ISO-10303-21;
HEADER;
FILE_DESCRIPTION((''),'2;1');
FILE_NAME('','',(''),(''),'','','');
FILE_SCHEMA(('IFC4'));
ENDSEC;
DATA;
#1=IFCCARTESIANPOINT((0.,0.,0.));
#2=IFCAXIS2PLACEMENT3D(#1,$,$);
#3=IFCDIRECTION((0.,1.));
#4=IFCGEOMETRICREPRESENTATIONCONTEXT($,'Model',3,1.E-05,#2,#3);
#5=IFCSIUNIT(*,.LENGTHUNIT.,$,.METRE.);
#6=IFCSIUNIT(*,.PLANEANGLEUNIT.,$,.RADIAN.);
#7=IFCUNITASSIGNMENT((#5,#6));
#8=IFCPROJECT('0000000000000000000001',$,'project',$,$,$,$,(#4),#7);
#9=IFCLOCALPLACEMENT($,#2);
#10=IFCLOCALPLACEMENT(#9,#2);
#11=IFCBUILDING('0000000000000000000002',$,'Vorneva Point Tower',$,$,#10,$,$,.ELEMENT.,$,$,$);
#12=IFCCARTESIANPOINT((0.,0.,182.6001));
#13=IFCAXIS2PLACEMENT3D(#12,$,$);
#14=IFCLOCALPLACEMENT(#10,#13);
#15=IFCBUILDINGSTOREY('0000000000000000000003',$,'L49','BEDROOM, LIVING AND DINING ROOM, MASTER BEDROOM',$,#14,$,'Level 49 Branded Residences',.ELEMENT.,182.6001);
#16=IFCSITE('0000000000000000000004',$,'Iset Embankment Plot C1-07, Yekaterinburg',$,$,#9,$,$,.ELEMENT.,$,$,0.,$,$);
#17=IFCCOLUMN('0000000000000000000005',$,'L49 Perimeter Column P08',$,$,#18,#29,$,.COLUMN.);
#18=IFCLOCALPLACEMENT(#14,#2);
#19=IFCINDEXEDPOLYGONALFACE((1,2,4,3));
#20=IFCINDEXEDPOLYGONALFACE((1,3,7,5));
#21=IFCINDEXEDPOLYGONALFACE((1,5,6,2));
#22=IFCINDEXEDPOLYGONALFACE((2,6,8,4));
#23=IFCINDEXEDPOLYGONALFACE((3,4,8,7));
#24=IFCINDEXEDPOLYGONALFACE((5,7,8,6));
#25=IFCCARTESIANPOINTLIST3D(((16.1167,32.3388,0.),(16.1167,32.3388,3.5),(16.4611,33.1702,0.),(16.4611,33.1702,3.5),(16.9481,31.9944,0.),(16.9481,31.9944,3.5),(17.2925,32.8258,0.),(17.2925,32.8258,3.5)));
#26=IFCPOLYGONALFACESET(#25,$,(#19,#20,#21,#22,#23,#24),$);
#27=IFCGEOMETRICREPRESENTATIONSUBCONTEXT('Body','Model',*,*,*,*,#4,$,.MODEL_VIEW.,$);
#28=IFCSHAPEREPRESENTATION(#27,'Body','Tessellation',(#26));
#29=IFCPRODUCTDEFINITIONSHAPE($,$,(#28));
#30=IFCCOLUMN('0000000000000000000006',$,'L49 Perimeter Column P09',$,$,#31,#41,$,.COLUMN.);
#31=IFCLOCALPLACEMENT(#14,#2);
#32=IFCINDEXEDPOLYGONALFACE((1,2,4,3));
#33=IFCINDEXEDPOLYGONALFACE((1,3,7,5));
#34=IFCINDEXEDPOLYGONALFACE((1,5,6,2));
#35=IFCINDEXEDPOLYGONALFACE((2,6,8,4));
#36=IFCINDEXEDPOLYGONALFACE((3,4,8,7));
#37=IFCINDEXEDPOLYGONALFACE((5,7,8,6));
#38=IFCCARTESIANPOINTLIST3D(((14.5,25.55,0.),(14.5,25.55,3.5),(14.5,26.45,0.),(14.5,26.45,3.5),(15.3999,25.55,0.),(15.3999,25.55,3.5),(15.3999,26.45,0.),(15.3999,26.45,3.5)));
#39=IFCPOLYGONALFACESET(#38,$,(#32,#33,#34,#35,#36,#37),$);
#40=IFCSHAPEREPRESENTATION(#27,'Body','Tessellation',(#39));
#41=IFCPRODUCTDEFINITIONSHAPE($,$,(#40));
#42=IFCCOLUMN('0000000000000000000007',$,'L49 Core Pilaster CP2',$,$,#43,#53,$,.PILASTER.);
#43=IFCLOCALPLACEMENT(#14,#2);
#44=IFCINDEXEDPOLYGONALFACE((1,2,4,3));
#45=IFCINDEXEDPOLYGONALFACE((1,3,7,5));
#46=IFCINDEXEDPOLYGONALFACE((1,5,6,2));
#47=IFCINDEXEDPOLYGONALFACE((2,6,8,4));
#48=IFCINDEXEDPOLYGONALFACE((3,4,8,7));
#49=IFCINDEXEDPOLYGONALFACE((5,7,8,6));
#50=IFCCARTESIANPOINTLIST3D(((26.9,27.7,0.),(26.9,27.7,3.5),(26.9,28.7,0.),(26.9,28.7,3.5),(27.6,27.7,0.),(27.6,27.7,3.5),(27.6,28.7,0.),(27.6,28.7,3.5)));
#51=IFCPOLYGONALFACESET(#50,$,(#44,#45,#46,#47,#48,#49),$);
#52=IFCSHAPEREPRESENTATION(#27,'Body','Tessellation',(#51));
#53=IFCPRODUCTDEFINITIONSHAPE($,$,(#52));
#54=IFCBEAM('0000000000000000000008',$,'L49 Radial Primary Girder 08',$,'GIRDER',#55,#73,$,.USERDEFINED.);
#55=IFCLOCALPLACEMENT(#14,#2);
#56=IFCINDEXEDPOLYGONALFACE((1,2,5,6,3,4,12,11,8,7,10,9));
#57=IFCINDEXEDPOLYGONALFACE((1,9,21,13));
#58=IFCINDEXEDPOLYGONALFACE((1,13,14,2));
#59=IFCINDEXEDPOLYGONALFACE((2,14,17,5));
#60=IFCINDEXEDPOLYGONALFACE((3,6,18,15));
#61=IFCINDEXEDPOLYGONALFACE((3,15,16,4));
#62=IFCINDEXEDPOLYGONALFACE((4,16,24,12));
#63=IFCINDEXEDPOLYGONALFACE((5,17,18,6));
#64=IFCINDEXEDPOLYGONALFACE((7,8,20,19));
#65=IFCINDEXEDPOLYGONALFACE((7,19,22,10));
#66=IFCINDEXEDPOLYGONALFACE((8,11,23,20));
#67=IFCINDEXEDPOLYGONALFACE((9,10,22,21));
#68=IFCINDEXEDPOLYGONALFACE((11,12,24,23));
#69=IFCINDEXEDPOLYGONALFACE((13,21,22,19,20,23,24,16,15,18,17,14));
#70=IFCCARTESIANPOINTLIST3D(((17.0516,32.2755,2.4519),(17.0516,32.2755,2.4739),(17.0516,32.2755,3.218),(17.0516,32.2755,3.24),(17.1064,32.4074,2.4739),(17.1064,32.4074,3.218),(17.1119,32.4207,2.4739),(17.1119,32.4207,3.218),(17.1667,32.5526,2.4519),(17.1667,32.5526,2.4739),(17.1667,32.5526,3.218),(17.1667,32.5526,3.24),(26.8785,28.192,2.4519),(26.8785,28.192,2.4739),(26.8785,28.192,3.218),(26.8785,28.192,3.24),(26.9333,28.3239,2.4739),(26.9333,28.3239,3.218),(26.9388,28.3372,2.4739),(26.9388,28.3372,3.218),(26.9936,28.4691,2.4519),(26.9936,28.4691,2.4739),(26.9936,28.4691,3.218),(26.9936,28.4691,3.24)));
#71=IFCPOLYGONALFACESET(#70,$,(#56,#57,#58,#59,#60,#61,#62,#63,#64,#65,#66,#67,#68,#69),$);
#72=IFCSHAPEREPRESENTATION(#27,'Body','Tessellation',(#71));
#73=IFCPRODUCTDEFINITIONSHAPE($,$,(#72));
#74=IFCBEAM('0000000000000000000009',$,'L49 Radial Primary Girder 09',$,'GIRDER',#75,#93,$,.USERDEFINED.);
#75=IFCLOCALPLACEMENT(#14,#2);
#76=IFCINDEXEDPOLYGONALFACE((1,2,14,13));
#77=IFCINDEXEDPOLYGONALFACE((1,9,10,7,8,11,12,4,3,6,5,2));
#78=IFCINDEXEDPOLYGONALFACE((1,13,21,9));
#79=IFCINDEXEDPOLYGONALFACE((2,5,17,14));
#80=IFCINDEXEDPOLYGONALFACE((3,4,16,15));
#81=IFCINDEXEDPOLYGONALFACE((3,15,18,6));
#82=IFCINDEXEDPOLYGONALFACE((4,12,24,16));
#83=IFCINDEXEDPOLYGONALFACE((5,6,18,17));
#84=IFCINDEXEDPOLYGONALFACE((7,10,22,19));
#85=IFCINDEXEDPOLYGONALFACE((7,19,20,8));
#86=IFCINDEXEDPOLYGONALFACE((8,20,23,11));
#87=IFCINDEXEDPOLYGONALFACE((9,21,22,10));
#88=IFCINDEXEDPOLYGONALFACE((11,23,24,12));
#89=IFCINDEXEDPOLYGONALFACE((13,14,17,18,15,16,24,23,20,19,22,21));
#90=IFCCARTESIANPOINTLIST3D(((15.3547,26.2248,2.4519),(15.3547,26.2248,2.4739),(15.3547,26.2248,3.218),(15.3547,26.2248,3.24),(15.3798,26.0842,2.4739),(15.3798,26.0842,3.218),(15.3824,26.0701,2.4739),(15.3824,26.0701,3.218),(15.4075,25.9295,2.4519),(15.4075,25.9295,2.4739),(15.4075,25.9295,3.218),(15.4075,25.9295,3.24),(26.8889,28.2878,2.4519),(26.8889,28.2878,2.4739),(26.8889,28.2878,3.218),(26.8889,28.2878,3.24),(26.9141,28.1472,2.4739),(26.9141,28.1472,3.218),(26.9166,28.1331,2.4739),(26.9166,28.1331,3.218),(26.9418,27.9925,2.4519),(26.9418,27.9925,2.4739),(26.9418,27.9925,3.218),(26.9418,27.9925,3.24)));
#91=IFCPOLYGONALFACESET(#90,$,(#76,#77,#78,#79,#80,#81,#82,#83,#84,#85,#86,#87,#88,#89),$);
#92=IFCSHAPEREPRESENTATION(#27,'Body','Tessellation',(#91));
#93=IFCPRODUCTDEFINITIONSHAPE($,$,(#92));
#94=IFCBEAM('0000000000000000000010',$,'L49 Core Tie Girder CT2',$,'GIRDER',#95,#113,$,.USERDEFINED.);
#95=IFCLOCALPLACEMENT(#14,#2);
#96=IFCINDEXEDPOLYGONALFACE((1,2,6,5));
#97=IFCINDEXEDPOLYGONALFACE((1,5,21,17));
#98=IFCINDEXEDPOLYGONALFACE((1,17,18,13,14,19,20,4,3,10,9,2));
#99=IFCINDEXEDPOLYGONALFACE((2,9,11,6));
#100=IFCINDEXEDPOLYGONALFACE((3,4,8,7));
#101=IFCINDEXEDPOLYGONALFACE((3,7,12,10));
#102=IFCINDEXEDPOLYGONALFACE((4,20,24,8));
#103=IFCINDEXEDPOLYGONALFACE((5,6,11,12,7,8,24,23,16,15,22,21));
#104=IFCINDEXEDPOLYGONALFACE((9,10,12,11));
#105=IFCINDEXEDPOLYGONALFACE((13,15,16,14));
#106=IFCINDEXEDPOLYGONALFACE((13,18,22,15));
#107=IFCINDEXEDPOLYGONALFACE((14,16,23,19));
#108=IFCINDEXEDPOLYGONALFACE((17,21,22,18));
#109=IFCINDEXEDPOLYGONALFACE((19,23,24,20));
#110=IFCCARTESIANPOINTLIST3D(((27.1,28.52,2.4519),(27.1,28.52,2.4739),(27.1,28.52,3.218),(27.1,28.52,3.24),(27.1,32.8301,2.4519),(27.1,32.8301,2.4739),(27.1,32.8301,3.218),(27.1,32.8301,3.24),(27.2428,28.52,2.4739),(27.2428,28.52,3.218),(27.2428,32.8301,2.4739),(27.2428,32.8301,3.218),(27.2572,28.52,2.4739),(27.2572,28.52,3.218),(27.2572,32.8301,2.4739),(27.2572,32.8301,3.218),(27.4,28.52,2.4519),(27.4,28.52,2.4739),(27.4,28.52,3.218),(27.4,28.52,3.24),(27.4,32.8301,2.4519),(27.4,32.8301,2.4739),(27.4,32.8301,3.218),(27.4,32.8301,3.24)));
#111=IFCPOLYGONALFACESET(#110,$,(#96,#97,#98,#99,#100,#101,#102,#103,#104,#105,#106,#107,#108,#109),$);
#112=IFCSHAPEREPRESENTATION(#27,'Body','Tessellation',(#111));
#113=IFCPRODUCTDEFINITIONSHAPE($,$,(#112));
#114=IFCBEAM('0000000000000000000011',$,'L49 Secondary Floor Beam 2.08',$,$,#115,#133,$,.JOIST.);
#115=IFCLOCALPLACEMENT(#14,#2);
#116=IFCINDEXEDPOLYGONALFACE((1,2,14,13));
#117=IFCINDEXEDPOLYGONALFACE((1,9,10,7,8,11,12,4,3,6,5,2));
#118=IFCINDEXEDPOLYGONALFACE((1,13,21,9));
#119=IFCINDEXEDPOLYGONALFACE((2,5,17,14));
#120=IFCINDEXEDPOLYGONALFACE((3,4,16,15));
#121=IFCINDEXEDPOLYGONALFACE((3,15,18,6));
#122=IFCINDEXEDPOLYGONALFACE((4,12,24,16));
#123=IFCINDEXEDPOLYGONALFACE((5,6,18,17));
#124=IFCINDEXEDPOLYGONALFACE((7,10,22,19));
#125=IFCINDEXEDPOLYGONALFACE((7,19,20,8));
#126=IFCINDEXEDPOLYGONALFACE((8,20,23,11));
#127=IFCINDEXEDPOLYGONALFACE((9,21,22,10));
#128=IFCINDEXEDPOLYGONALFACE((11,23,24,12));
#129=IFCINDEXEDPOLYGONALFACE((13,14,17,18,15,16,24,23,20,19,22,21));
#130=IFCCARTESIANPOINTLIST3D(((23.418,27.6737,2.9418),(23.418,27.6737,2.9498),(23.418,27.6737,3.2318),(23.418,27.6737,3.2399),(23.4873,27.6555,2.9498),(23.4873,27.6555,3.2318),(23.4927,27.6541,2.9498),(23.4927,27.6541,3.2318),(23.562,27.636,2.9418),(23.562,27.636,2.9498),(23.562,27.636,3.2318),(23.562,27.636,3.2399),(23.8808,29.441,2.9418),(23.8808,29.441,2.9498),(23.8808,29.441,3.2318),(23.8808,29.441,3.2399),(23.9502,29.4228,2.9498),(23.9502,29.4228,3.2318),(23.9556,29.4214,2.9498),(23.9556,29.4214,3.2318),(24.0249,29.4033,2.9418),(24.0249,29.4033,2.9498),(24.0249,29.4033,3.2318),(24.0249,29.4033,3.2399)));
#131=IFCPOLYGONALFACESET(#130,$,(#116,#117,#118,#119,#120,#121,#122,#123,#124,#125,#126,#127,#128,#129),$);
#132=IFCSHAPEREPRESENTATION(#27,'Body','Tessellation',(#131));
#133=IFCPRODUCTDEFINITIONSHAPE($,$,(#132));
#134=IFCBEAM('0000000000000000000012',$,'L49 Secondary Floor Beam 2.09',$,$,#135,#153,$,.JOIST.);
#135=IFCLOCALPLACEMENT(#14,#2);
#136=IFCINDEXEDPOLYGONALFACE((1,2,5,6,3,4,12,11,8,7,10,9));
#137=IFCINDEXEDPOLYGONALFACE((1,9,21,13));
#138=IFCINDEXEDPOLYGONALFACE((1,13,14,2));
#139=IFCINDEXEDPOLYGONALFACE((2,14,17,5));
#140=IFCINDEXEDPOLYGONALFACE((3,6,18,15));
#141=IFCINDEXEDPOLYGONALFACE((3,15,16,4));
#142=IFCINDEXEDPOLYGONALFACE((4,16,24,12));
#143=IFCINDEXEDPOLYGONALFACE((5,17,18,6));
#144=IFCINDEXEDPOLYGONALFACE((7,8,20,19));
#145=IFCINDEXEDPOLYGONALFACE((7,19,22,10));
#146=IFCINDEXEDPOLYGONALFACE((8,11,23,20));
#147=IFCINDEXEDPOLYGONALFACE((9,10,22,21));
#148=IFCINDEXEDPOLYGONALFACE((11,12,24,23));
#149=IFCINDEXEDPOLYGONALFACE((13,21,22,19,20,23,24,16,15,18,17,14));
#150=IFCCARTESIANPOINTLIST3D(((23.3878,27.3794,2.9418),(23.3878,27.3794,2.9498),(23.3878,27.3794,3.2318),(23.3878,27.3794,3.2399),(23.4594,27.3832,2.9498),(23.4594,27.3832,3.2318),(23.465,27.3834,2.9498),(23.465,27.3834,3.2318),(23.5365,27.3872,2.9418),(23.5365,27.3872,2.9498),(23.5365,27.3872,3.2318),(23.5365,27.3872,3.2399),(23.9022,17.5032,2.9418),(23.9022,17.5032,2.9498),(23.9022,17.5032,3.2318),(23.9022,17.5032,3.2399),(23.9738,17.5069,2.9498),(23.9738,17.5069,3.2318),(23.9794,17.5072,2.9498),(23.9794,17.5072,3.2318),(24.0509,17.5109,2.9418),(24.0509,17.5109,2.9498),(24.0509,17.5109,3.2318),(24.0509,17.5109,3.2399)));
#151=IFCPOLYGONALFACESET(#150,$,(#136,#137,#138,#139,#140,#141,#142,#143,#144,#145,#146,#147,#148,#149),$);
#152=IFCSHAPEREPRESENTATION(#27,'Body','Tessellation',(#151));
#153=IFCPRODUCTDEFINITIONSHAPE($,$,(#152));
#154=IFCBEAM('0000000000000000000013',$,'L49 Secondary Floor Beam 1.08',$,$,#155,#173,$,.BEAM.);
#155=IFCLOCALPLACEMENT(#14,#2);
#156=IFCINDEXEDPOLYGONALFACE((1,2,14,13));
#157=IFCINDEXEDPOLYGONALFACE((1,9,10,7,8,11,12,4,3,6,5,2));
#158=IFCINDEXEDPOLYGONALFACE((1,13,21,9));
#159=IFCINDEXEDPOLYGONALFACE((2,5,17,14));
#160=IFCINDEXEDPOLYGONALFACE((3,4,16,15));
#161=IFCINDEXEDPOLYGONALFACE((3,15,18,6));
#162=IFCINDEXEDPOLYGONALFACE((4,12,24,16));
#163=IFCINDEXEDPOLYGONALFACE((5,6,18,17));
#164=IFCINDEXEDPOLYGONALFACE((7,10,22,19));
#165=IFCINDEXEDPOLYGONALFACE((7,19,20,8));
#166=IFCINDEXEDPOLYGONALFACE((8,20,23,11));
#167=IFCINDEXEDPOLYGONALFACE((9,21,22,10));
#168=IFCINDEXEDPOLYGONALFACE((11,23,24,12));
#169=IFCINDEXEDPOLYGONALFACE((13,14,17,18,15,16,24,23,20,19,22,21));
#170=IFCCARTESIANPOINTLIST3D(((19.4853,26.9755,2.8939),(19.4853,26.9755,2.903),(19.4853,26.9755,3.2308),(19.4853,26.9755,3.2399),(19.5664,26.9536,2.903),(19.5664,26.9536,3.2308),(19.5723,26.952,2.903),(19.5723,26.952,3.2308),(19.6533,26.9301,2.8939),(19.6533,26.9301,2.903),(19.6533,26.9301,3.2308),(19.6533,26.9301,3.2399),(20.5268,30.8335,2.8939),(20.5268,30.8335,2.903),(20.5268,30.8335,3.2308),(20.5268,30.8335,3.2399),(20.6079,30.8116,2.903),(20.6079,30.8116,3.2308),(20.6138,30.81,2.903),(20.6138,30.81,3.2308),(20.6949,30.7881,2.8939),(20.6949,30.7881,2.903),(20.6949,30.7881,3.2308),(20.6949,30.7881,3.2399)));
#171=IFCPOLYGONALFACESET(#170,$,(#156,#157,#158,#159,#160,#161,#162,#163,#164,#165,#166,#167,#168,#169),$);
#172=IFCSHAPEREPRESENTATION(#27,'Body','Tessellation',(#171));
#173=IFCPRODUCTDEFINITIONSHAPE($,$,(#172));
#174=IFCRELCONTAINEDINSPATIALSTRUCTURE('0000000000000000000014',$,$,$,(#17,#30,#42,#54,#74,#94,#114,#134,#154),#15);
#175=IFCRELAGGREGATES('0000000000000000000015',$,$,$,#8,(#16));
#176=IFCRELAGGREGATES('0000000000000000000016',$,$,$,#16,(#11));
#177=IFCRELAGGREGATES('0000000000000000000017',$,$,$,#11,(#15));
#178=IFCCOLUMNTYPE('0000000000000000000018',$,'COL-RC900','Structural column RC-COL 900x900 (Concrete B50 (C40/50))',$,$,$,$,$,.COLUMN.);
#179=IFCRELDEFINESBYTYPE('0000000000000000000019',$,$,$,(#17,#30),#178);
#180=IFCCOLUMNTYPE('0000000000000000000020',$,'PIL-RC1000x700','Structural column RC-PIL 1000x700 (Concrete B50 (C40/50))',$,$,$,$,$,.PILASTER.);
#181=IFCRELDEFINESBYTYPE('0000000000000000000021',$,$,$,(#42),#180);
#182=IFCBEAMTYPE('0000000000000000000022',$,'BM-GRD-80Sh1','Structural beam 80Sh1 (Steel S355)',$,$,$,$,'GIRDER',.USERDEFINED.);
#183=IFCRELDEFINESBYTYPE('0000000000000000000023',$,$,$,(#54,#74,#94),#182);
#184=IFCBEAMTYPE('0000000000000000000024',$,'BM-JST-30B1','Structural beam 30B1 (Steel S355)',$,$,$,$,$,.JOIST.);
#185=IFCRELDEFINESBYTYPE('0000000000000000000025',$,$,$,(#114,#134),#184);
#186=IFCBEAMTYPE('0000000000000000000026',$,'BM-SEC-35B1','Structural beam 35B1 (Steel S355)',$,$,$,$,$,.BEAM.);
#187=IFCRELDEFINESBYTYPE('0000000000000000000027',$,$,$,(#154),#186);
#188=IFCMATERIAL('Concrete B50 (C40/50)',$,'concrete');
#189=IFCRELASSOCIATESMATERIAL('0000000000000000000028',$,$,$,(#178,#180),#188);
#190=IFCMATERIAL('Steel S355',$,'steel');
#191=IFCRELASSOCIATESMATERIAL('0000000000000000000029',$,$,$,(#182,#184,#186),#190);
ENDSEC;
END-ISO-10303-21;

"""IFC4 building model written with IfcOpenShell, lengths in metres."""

from ifc_helpers import new_model, si_unit, direction, frame, origin, origin_2d, place, context, subcontext, project, spatial, rectangle, i_section, extrude, material, material_profile, profile_set, type_object, element, save


model = new_model("IFC4")

# Units and contexts
model_context = context("Model", 3, precision=1e-05, world=origin(), true_north=direction((0.0, 1.0)))
body_context = subcontext(model_context, "Body", "Model", "MODEL_VIEW")
ifc_project = project(units=[si_unit("LENGTHUNIT", "METRE"), si_unit("PLANEANGLEUNIT", "RADIAN")], contexts=[model_context])

# Site, building, storey
site_placement = place(None, origin())
site = spatial("IfcSite", under=ifc_project, at=site_placement, Name="Iset Embankment Plot C1-07, Yekaterinburg", CompositionType="ELEMENT", RefElevation=0.0)
building_placement = place(site_placement, origin())
building = spatial("IfcBuilding", under=site, at=building_placement, Name="Vorneva Point Tower", CompositionType="ELEMENT")
storey_placement = place(building_placement, frame((0.0, 0.0, 182.6001)))
storey = spatial("IfcBuildingStorey", under=building, at=storey_placement, Name="L49", Description="BEDROOM, LIVING AND DINING ROOM, MASTER BEDROOM", LongName="Level 49 Branded Residences", CompositionType="ELEMENT", Elevation=182.6001)

# Columns
ifc_material_1 = material(Name="Concrete B50 (C40/50)", Category="concrete")
ifc_material_profile_1 = material_profile(ifc_material_1, rectangle(XDim=0.8999, YDim=0.8999, at=origin_2d()), Name="RC-COL 900x900")
ifc_profile_set_1 = profile_set([ifc_material_profile_1], Name="Concrete B50 (C40/50)")
column_type_1 = type_object("IfcColumnType", Name="COL-RC900", Description="Structural column RC-COL 900x900 (Concrete B50 (C40/50))", PredefinedType="COLUMN", material=ifc_profile_set_1)
for number, where, z_axis, x_axis, name in (
    (1, (16.7046, 32.5823, 0.0), (0.0, 0.0, 1.0), (-0.92388, 0.382683, 0.0), "L49 Perimeter Column P08"),
    (2, (14.95, 26.0, 0.0), (0.0, 0.0, 1.0), (-1.0, 0.0, 0.0), "L49 Perimeter Column P09"),
):
    element("IfcColumn", number, at=place(storey_placement, frame(where, z_axis=z_axis, x_axis=x_axis)), inside=storey, type_object=column_type_1, Name=name, PredefinedType="COLUMN", context=body_context, shape_type="SweptSolid", body=[
        extrude(rectangle(XDim=0.8999, YDim=0.8999, at=origin_2d()), origin(), (0.0, 0.0, 1.0), 3.5),
    ])
ifc_material_profile_2 = material_profile(ifc_material_1, rectangle(XDim=0.7, YDim=1.0, at=origin_2d()), Name="RC-PIL 1000x700")
ifc_profile_set_2 = profile_set([ifc_material_profile_2], Name="Concrete B50 (C40/50)")
column_type_2 = type_object("IfcColumnType", Name="PIL-RC1000x700", Description="Structural column RC-PIL 1000x700 (Concrete B50 (C40/50))", PredefinedType="PILASTER", material=ifc_profile_set_2)
column_placement = place(storey_placement, frame((27.25, 28.2, 0.0), z_axis=(0.0, 0.0, 1.0), x_axis=(1.0, 0.0, 0.0)))
element("IfcColumn", 3, at=column_placement, inside=storey, type_object=column_type_2, Name="L49 Core Pilaster CP2", PredefinedType="PILASTER", context=body_context, shape_type="SweptSolid", body=[
    extrude(rectangle(XDim=0.7, YDim=1.0, at=origin_2d()), origin(), (0.0, 0.0, 1.0), 3.5),
])

# Beams
ifc_material_2 = material(Name="Steel S355", Category="steel")
ifc_material_profile_3 = material_profile(ifc_material_2, i_section(OverallWidth=0.3, OverallDepth=0.7881, WebThickness=0.0144, FlangeThickness=0.022, at=origin_2d()), Name="80Sh1")
ifc_profile_set_3 = profile_set([ifc_material_profile_3], Name="Steel S355")
beam_type_1 = type_object("IfcBeamType", Name="BM-GRD-80Sh1", Description="Structural beam 80Sh1 (Steel S355)", ElementType="GIRDER", PredefinedType="USERDEFINED", material=ifc_profile_set_3)
beam_1_placement = place(storey_placement, frame((17.1091, 32.4141, 2.8459), z_axis=(0.923445, -0.383731, 0.0), x_axis=(0.383731, 0.923445, 0.0)))
element("IfcBeam", 4, at=beam_1_placement, inside=storey, type_object=beam_type_1, Name="L49 Radial Primary Girder 08", ObjectType="GIRDER", PredefinedType="USERDEFINED", context=body_context, shape_type="SweptSolid", body=[
    extrude(i_section(OverallWidth=0.3, OverallDepth=0.7881, WebThickness=0.0144, FlangeThickness=0.022, at=origin_2d()), origin(), (0.0, 0.0, 1.0), 10.6416),
])
beam_2_placement = place(storey_placement, frame((15.3811, 26.0771, 2.8459), z_axis=(0.984379, 0.176065, 0.0), x_axis=(-0.176065, 0.984379, 0.0)))
element("IfcBeam", 5, at=beam_2_placement, inside=storey, type_object=beam_type_1, Name="L49 Radial Primary Girder 09", ObjectType="GIRDER", PredefinedType="USERDEFINED", context=body_context, shape_type="SweptSolid", body=[
    extrude(i_section(OverallWidth=0.3, OverallDepth=0.7881, WebThickness=0.0144, FlangeThickness=0.022, at=origin_2d()), origin(), (0.0, 0.0, 1.0), 11.7173),
])
beam_3_placement = place(storey_placement, frame((27.25, 28.52, 2.8459), z_axis=(0.0, 1.0, 0.0), x_axis=(-1.0, 0.0, 0.0)))
element("IfcBeam", 6, at=beam_3_placement, inside=storey, type_object=beam_type_1, Name="L49 Core Tie Girder CT2", ObjectType="GIRDER", PredefinedType="USERDEFINED", context=body_context, shape_type="SweptSolid", body=[
    extrude(i_section(OverallWidth=0.3, OverallDepth=0.7881, WebThickness=0.0144, FlangeThickness=0.022, at=origin_2d()), origin(), (0.0, 0.0, 1.0), 4.3101),
])
ifc_material_profile_4 = material_profile(ifc_material_2, i_section(OverallWidth=0.1489, OverallDepth=0.2981, WebThickness=0.0056, FlangeThickness=0.0081, at=origin_2d()), Name="30B1")
ifc_profile_set_4 = profile_set([ifc_material_profile_4], Name="Steel S355")
beam_type_2 = type_object("IfcBeamType", Name="BM-JST-30B1", Description="Structural beam 30B1 (Steel S355)", PredefinedType="JOIST", material=ifc_profile_set_4)
beam_4_placement = place(storey_placement, frame((23.9529, 29.4221, 3.0908), z_axis=(-0.253368, -0.96737, 0.0), x_axis=(0.96737, -0.253368, 0.0)))
element("IfcBeam", 7, at=beam_4_placement, inside=storey, type_object=beam_type_2, Name="L49 Secondary Floor Beam 2.08", PredefinedType="JOIST", context=body_context, shape_type="SweptSolid", body=[
    extrude(i_section(OverallWidth=0.1489, OverallDepth=0.2981, WebThickness=0.0056, FlangeThickness=0.0081, at=origin_2d()), origin(), (0.0, 0.0, 1.0), 1.8269),
])
beam_5_placement = place(storey_placement, frame((23.4622, 27.3833, 3.0908), z_axis=(0.052015, -0.998646, 0.0), x_axis=(0.998646, 0.052015, 0.0)))
element("IfcBeam", 8, at=beam_5_placement, inside=storey, type_object=beam_type_2, Name="L49 Secondary Floor Beam 2.09", PredefinedType="JOIST", context=body_context, shape_type="SweptSolid", body=[
    extrude(i_section(OverallWidth=0.1489, OverallDepth=0.2981, WebThickness=0.0056, FlangeThickness=0.0081, at=origin_2d()), origin(), (0.0, 0.0, 1.0), 9.8896),
])
ifc_material_profile_5 = material_profile(ifc_material_2, i_section(OverallWidth=0.1741, OverallDepth=0.3459, WebThickness=0.0061, FlangeThickness=0.009, at=origin_2d()), Name="35B1")
ifc_profile_set_5 = profile_set([ifc_material_profile_5], Name="Steel S355")
beam_type_3 = type_object("IfcBeamType", Name="BM-SEC-35B1", Description="Structural beam 35B1 (Steel S355)", PredefinedType="BEAM", material=ifc_profile_set_5)
beam_6_placement = place(storey_placement, frame((20.6108, 30.8108, 3.0669), z_axis=(-0.260635, -0.965437, 0.0), x_axis=(0.965437, -0.260635, 0.0)))
element("IfcBeam", 9, at=beam_6_placement, inside=storey, type_object=beam_type_3, Name="L49 Secondary Floor Beam 1.08", PredefinedType="BEAM", context=body_context, shape_type="SweptSolid", body=[
    extrude(i_section(OverallWidth=0.1741, OverallDepth=0.3459, WebThickness=0.0061, FlangeThickness=0.009, at=origin_2d()), origin(), (0.0, 0.0, 1.0), 3.9961),
])

save(model, "model.ifc")
